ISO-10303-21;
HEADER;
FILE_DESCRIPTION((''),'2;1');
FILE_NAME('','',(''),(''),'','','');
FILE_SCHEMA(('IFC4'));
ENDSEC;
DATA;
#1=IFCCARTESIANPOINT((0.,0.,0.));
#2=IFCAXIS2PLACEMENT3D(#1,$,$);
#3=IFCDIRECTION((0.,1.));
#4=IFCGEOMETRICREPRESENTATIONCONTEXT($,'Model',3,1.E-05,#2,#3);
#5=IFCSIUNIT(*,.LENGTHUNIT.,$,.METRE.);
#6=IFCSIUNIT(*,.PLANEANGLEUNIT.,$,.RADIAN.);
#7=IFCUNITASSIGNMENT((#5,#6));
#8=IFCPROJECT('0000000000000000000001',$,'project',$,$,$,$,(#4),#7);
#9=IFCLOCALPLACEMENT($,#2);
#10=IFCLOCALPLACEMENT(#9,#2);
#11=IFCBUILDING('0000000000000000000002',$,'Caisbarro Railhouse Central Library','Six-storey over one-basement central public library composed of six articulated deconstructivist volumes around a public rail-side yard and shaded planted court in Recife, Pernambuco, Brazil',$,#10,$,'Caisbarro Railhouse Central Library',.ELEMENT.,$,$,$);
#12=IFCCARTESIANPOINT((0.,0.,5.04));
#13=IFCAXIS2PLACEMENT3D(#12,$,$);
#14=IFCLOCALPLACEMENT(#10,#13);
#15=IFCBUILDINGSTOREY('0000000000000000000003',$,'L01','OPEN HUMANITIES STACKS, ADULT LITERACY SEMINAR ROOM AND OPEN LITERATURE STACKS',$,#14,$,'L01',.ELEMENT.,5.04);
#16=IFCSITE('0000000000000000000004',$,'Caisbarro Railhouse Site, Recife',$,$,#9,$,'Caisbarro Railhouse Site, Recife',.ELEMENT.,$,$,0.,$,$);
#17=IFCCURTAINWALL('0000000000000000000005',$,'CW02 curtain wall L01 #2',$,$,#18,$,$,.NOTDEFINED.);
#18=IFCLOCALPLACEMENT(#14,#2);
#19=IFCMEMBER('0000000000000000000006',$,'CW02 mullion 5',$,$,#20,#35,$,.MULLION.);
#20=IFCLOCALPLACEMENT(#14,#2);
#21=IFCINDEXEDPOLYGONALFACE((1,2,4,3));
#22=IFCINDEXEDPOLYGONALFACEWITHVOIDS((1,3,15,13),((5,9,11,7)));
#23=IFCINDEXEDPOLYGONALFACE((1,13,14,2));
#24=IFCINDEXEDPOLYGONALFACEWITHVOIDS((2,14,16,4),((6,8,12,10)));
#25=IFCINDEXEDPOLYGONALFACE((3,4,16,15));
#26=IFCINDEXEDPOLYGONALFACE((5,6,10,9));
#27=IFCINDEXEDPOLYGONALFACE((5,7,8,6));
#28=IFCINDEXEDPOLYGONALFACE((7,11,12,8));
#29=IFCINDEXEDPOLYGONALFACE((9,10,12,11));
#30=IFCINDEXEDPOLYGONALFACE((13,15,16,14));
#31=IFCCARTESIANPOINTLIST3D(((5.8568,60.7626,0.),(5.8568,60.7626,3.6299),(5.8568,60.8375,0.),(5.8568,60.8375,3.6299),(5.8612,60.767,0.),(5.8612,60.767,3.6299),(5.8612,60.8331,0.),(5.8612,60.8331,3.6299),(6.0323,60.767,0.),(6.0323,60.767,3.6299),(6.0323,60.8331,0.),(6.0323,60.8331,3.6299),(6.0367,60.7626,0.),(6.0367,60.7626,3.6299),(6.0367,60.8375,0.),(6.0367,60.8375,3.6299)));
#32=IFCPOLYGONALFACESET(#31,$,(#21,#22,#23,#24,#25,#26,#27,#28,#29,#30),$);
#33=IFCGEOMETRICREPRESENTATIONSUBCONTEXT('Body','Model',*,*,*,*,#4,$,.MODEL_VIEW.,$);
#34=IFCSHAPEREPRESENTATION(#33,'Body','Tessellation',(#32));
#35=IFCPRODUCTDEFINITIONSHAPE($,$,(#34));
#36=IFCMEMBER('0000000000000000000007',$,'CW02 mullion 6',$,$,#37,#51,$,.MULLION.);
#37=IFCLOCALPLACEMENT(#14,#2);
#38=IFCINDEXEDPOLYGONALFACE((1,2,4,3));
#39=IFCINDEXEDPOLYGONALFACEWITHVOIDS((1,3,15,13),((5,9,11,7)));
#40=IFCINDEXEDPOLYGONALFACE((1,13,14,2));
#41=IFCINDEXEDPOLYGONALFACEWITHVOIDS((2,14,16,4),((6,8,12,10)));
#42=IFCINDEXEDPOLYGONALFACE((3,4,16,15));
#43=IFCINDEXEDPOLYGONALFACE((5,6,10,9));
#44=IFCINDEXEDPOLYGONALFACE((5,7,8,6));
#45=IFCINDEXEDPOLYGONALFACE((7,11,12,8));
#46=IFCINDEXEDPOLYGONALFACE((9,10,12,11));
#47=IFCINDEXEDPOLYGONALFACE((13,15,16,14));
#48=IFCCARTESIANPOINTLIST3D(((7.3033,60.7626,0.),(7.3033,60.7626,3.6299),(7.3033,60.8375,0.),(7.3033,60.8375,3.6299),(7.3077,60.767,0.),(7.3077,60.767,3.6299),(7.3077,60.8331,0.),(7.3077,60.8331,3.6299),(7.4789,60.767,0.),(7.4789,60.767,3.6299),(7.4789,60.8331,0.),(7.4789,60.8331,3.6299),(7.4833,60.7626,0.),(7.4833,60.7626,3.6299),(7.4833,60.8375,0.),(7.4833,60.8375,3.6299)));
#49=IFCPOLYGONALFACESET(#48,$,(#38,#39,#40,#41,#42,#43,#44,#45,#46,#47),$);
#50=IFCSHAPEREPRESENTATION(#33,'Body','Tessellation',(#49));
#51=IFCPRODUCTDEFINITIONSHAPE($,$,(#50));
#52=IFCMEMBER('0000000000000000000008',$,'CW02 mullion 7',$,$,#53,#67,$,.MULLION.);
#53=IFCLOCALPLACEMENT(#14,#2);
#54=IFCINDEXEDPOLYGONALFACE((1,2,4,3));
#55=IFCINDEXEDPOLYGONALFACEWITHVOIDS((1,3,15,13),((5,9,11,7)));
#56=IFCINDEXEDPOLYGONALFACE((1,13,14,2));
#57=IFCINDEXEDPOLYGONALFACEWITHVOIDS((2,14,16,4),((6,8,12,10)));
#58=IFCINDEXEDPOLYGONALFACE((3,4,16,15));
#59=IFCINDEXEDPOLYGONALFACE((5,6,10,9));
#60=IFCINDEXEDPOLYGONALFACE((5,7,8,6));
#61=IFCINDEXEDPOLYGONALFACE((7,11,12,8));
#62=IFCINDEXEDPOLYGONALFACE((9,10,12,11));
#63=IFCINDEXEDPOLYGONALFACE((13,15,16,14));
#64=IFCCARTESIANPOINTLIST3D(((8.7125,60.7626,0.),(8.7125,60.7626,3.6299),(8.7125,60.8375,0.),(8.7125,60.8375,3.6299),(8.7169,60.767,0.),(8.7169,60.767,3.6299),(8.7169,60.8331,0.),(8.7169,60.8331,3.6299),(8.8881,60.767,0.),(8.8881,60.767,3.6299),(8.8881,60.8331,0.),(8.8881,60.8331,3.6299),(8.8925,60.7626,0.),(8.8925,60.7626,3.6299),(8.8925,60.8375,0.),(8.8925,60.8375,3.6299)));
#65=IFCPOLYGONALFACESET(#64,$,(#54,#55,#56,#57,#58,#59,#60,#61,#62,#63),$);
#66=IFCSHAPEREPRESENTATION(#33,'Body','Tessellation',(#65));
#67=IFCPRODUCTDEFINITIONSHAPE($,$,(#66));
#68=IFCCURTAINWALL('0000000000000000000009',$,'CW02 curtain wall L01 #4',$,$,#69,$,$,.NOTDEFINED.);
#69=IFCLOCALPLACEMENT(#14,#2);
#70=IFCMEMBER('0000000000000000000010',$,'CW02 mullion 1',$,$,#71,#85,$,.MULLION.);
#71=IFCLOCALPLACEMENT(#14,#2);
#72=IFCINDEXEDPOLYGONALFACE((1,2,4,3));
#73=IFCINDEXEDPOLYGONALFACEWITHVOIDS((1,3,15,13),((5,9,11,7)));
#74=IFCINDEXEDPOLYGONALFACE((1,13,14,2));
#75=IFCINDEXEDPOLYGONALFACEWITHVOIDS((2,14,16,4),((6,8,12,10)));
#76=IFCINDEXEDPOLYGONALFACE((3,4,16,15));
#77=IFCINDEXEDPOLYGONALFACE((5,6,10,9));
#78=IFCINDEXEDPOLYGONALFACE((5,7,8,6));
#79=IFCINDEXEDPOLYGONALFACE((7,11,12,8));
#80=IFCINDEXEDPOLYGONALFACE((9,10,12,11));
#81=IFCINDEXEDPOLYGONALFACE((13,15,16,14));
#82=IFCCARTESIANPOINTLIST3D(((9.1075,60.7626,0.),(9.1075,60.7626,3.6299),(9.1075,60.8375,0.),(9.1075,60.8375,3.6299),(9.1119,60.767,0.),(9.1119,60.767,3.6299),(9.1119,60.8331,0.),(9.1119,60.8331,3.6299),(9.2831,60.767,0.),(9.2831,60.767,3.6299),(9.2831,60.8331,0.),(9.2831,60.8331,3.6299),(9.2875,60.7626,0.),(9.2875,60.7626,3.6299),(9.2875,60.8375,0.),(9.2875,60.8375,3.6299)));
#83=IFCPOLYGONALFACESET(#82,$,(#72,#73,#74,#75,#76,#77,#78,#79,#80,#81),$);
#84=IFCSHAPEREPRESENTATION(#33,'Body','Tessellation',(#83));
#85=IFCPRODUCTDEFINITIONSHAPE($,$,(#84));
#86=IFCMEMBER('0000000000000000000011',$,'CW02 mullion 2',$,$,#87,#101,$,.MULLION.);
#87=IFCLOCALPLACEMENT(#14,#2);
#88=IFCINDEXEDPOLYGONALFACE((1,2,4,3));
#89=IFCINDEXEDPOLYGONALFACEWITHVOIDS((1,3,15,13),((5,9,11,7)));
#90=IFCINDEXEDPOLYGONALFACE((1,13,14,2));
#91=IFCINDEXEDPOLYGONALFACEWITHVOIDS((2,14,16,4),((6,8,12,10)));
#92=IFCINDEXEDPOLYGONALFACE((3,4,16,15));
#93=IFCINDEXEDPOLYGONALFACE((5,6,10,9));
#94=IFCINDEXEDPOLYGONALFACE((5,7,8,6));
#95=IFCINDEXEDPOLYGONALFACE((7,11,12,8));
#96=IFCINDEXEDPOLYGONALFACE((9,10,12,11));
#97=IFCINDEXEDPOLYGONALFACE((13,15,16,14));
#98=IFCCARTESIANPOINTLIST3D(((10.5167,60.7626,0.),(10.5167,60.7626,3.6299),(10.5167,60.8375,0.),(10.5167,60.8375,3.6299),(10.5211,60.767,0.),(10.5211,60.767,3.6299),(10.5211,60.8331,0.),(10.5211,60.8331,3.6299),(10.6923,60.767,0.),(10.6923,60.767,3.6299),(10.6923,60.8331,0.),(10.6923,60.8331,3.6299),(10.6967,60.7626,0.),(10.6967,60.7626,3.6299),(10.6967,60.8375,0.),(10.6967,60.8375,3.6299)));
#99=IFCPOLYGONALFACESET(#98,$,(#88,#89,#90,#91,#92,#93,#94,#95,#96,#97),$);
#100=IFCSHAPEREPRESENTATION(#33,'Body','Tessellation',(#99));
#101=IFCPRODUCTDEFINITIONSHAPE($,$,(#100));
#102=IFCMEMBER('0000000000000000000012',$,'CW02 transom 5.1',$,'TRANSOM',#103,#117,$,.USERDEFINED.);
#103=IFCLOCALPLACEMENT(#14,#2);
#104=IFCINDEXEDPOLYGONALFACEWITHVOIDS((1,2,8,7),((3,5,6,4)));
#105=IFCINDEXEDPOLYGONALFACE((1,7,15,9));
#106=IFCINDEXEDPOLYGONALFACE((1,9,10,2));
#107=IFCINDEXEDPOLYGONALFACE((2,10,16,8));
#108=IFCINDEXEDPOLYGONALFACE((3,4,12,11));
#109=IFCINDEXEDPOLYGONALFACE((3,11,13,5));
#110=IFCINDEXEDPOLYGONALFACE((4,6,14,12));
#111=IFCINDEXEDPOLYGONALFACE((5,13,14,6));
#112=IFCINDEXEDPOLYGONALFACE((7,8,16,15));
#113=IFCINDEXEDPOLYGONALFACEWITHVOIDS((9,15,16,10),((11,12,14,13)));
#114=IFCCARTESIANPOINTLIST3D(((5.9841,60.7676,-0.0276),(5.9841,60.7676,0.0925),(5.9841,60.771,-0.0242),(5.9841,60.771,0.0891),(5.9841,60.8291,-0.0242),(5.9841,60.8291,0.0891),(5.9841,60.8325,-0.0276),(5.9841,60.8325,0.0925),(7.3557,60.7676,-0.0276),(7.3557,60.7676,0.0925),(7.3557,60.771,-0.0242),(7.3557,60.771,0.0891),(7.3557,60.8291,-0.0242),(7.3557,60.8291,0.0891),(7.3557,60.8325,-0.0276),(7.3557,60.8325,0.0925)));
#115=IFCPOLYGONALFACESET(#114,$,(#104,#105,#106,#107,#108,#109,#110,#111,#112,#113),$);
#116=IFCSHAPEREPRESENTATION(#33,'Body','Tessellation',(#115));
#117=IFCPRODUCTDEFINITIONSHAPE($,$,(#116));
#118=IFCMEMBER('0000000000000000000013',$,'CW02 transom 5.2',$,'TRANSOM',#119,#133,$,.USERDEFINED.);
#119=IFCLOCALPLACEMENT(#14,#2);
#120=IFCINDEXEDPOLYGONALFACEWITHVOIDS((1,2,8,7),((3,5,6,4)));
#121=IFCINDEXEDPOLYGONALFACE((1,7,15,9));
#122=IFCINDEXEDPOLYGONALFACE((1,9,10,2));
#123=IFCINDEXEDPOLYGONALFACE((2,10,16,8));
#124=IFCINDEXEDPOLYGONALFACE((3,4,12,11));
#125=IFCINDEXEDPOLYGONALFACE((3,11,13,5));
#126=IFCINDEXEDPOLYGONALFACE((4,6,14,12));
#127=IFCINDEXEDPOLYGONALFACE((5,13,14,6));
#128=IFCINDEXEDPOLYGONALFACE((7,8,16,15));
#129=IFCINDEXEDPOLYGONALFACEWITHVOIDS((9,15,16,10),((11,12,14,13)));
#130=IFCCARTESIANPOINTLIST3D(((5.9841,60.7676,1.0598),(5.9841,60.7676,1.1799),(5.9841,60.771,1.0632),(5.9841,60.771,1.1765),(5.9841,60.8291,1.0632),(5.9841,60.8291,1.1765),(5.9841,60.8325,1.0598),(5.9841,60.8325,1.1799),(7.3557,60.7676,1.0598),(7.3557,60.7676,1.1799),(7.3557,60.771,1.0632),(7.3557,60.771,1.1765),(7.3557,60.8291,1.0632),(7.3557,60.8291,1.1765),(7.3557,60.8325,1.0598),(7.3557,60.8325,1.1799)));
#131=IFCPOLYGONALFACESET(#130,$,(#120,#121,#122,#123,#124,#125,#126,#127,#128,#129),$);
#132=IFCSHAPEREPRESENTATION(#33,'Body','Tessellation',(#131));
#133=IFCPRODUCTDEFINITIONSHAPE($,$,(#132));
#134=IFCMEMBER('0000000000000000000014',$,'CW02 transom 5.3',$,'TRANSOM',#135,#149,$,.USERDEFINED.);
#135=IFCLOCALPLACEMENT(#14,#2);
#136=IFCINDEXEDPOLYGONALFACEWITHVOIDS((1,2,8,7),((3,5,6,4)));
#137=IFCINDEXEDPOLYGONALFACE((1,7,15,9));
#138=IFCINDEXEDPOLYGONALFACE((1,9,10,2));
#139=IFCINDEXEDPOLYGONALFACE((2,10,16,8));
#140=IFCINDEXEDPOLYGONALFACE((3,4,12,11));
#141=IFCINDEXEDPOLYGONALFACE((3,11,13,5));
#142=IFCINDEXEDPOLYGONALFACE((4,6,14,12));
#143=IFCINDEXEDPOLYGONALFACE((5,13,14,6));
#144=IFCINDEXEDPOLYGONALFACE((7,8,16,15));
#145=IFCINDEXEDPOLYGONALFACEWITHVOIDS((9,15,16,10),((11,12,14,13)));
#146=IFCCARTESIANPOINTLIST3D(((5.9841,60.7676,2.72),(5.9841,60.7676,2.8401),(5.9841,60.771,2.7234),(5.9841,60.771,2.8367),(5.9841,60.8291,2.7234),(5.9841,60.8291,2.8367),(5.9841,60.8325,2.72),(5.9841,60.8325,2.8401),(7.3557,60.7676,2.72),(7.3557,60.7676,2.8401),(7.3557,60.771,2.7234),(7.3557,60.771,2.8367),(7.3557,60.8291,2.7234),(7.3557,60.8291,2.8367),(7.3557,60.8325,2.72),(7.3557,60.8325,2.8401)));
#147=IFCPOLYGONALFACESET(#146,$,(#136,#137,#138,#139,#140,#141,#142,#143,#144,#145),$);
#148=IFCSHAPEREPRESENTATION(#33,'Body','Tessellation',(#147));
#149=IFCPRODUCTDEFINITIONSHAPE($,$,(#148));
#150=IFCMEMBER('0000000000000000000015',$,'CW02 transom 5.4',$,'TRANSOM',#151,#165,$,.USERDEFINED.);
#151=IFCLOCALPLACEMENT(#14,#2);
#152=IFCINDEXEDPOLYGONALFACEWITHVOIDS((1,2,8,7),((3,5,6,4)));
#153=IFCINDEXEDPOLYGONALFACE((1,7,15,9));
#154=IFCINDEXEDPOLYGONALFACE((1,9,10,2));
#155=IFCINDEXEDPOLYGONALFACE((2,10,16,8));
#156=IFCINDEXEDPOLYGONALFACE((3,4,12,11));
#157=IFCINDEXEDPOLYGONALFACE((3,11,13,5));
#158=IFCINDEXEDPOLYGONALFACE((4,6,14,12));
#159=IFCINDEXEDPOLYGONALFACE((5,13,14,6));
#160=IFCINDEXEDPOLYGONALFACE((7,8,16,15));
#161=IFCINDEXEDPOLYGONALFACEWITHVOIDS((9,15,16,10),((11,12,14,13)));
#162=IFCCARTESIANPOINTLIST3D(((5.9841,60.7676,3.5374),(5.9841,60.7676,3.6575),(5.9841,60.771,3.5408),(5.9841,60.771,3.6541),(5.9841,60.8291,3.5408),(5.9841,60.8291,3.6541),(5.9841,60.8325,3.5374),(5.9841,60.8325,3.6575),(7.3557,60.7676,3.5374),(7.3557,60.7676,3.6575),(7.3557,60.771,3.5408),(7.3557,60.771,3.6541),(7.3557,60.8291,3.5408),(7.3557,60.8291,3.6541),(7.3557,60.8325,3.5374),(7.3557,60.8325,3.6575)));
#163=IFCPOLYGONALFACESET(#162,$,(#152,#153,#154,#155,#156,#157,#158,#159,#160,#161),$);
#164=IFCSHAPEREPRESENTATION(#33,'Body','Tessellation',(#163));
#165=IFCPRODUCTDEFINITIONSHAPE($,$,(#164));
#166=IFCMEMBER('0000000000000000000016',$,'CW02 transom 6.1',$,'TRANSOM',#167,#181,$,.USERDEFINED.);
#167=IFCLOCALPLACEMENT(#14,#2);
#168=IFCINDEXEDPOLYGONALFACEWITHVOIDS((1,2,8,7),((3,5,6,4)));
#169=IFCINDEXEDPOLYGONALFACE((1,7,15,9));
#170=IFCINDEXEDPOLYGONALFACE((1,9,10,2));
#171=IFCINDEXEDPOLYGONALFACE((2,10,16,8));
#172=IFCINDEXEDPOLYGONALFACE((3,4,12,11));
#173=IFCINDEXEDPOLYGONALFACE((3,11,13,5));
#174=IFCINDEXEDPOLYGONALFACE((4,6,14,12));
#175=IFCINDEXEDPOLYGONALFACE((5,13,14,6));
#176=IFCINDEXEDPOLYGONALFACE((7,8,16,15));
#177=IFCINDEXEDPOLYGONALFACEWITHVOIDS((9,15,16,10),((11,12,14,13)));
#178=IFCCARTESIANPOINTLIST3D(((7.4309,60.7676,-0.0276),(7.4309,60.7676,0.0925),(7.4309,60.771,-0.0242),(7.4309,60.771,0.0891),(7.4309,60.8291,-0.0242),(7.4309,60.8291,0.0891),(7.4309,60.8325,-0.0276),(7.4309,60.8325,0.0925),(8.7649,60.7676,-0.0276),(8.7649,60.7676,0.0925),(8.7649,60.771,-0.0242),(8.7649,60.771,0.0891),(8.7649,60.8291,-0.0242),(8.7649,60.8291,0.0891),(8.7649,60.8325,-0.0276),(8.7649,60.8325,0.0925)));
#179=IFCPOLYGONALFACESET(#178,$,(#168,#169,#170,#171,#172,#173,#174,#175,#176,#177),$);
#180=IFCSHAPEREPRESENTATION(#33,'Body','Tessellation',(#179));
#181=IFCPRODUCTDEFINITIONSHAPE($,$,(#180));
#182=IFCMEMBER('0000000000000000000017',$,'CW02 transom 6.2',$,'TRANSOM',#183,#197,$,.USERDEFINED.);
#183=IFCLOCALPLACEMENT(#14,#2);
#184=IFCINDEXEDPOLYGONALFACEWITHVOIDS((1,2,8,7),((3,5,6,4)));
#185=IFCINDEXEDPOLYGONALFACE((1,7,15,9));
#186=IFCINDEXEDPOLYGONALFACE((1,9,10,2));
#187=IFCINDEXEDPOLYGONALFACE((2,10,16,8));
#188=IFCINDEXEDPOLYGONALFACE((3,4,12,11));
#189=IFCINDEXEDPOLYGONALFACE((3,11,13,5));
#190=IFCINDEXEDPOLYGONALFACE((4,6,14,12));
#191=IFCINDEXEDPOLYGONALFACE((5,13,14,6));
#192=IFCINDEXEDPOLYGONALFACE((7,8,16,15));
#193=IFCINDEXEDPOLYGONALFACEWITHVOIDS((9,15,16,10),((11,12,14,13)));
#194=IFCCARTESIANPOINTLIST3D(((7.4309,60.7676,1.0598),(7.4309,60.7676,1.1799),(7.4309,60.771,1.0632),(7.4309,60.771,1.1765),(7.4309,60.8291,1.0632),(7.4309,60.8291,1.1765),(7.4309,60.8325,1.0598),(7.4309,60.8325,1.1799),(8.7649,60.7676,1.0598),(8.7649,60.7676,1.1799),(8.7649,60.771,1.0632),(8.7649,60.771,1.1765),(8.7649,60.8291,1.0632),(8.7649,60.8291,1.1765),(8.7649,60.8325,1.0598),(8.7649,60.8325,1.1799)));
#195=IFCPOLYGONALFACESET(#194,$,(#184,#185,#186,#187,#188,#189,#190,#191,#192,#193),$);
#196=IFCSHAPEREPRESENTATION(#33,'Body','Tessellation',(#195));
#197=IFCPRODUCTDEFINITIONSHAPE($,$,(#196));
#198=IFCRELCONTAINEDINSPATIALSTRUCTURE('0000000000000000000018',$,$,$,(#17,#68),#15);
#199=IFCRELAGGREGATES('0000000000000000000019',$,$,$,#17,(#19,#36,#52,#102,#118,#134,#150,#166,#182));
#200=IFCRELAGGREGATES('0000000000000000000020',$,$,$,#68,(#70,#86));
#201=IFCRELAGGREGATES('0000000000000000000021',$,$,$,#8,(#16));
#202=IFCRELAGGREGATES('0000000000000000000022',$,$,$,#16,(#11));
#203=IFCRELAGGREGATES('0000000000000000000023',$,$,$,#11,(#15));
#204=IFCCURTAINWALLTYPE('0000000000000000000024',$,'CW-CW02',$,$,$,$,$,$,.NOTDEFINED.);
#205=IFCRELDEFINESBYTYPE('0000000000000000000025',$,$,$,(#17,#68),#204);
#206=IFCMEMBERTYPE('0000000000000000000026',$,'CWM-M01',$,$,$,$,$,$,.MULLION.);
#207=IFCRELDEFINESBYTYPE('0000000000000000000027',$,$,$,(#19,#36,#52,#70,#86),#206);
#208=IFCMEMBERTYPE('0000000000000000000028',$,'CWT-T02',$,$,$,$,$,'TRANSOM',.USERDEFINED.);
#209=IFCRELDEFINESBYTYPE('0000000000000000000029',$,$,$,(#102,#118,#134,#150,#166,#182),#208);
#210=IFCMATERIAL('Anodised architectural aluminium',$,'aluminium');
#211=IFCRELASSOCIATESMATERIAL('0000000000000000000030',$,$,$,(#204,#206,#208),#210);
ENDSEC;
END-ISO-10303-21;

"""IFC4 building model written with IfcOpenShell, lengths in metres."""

from ifc_helpers import new_model, si_unit, direction, frame, origin, origin_2d, place, context, subcontext, project, spatial, hollow_rectangle, extrude, material, material_profile, profile_set, type_object, element, aggregate, save


model = new_model("IFC4")

# Units and contexts
model_context = context("Model", 3, precision=1e-05, world=origin(), true_north=direction((0.0, 1.0)))
body_context = subcontext(model_context, "Body", "Model", "MODEL_VIEW")
ifc_project = project(units=[si_unit("LENGTHUNIT", "METRE"), si_unit("PLANEANGLEUNIT", "RADIAN")], contexts=[model_context])

# Site, building, storey
site_placement = place(None, origin())
site = spatial("IfcSite", under=ifc_project, at=site_placement, Name="Caisbarro Railhouse Site, Recife", LongName="Caisbarro Railhouse Site, Recife", CompositionType="ELEMENT", RefElevation=0.0)
building_placement = place(site_placement, origin())
building = spatial("IfcBuilding", under=site, at=building_placement, Name="Caisbarro Railhouse Central Library", Description="Six-storey over one-basement central public library composed of six articulated deconstructivist volumes around a public rail-side yard and shaded planted court in Recife, Pernambuco, Brazil", LongName="Caisbarro Railhouse Central Library", CompositionType="ELEMENT")
storey_placement = place(building_placement, frame((0.0, 0.0, 5.04)))
storey = spatial("IfcBuildingStorey", under=building, at=storey_placement, Name="L01", Description="OPEN HUMANITIES STACKS, ADULT LITERACY SEMINAR ROOM AND OPEN LITERATURE STACKS", LongName="L01", CompositionType="ELEMENT", Elevation=5.04)

# Curtain walls, members
ifc_material_1 = material(Name="Anodised architectural aluminium", Category="aluminium")
curtain_wall_type = type_object("IfcCurtainWallType", Name="CW-CW02", PredefinedType="NOTDEFINED", material=ifc_material_1)
curtain_wall_1_placement = place(storey_placement, origin())
curtain_wall_1 = element("IfcCurtainWall", 1, at=curtain_wall_1_placement, inside=storey, type_object=curtain_wall_type, Name="CW02 curtain wall L01 #2", PredefinedType="NOTDEFINED")
ifc_material_profile_1 = material_profile(ifc_material_1, hollow_rectangle(XDim=0.075, YDim=0.1799, WallThickness=0.0044, at=origin_2d()), Name="ALU-MUL-75X180")
ifc_profile_set_1 = profile_set([ifc_material_profile_1], Name="Anodised architectural aluminium")
member_type_1 = type_object("IfcMemberType", Name="CWM-M01", PredefinedType="MULLION", material=ifc_profile_set_1)
member_1_placement = place(storey_placement, frame((5.9468, 60.8, 0.0), z_axis=(0.0, 0.0, 1.0), x_axis=(0.0, 1.0, 0.0)))
member_1 = element("IfcMember", 2, at=member_1_placement, type_object=member_type_1, Name="CW02 mullion 5", PredefinedType="MULLION", context=body_context, shape_type="SweptSolid", body=[
    extrude(hollow_rectangle(XDim=0.075, YDim=0.1799, WallThickness=0.0044, at=origin_2d()), origin(), (0.0, 0.0, 1.0), 3.6299),
])
member_2_placement = place(storey_placement, frame((7.3933, 60.8, 0.0), z_axis=(0.0, 0.0, 1.0), x_axis=(0.0, 1.0, 0.0)))
member_2 = element("IfcMember", 3, at=member_2_placement, type_object=member_type_1, Name="CW02 mullion 6", PredefinedType="MULLION", context=body_context, shape_type="SweptSolid", body=[
    extrude(hollow_rectangle(XDim=0.075, YDim=0.1799, WallThickness=0.0044, at=origin_2d()), origin(), (0.0, 0.0, 1.0), 3.6299),
])
member_3_placement = place(storey_placement, frame((8.8025, 60.8, 0.0), z_axis=(0.0, 0.0, 1.0), x_axis=(0.0, 1.0, 0.0)))
member_3 = element("IfcMember", 4, at=member_3_placement, type_object=member_type_1, Name="CW02 mullion 7", PredefinedType="MULLION", context=body_context, shape_type="SweptSolid", body=[
    extrude(hollow_rectangle(XDim=0.075, YDim=0.1799, WallThickness=0.0044, at=origin_2d()), origin(), (0.0, 0.0, 1.0), 3.6299),
])
curtain_wall_2_placement = place(storey_placement, origin())
curtain_wall_2 = element("IfcCurtainWall", 5, at=curtain_wall_2_placement, inside=storey, type_object=curtain_wall_type, Name="CW02 curtain wall L01 #4", PredefinedType="NOTDEFINED")
member_4_placement = place(storey_placement, frame((9.1975, 60.8, 0.0), z_axis=(0.0, 0.0, 1.0), x_axis=(0.0, 1.0, 0.0)))
member_4 = element("IfcMember", 6, at=member_4_placement, type_object=member_type_1, Name="CW02 mullion 1", PredefinedType="MULLION", context=body_context, shape_type="SweptSolid", body=[
    extrude(hollow_rectangle(XDim=0.075, YDim=0.1799, WallThickness=0.0044, at=origin_2d()), origin(), (0.0, 0.0, 1.0), 3.6299),
])
member_5_placement = place(storey_placement, frame((10.6067, 60.8, 0.0), z_axis=(0.0, 0.0, 1.0), x_axis=(0.0, 1.0, 0.0)))
member_5 = element("IfcMember", 7, at=member_5_placement, type_object=member_type_1, Name="CW02 mullion 2", PredefinedType="MULLION", context=body_context, shape_type="SweptSolid", body=[
    extrude(hollow_rectangle(XDim=0.075, YDim=0.1799, WallThickness=0.0044, at=origin_2d()), origin(), (0.0, 0.0, 1.0), 3.6299),
])

# Members
ifc_material_profile_2 = material_profile(ifc_material_1, hollow_rectangle(XDim=0.0649, YDim=0.1201, WallThickness=0.0034, at=origin_2d()), Name="ALU-TRN-65X120")
ifc_profile_set_2 = profile_set([ifc_material_profile_2], Name="Anodised architectural aluminium")
member_type_2 = type_object("IfcMemberType", Name="CWT-T02", ElementType="TRANSOM", PredefinedType="USERDEFINED", material=ifc_profile_set_2)
member_6_placement = place(storey_placement, frame((5.9841, 60.8, 0.0325), z_axis=(1.0, 0.0, 0.0), x_axis=(0.0, 1.0, 0.0)))
member_6 = element("IfcMember", 8, at=member_6_placement, type_object=member_type_2, Name="CW02 transom 5.1", ObjectType="TRANSOM", PredefinedType="USERDEFINED", context=body_context, shape_type="SweptSolid", body=[
    extrude(hollow_rectangle(XDim=0.0649, YDim=0.1201, WallThickness=0.0034, at=origin_2d()), origin(), (0.0, 0.0, 1.0), 1.3716),
])
member_7_placement = place(storey_placement, frame((5.9841, 60.8, 1.1199), z_axis=(1.0, 0.0, 0.0), x_axis=(0.0, 1.0, 0.0)))
member_7 = element("IfcMember", 9, at=member_7_placement, type_object=member_type_2, Name="CW02 transom 5.2", ObjectType="TRANSOM", PredefinedType="USERDEFINED", context=body_context, shape_type="SweptSolid", body=[
    extrude(hollow_rectangle(XDim=0.0649, YDim=0.1201, WallThickness=0.0034, at=origin_2d()), origin(), (0.0, 0.0, 1.0), 1.3716),
])
member_8_placement = place(storey_placement, frame((5.9841, 60.8, 2.78), z_axis=(1.0, 0.0, 0.0), x_axis=(0.0, 1.0, 0.0)))
member_8 = element("IfcMember", 10, at=member_8_placement, type_object=member_type_2, Name="CW02 transom 5.3", ObjectType="TRANSOM", PredefinedType="USERDEFINED", context=body_context, shape_type="SweptSolid", body=[
    extrude(hollow_rectangle(XDim=0.0649, YDim=0.1201, WallThickness=0.0034, at=origin_2d()), origin(), (0.0, 0.0, 1.0), 1.3716),
])
member_9_placement = place(storey_placement, frame((5.9841, 60.8, 3.5974), z_axis=(1.0, 0.0, 0.0), x_axis=(0.0, 1.0, 0.0)))
member_9 = element("IfcMember", 11, at=member_9_placement, type_object=member_type_2, Name="CW02 transom 5.4", ObjectType="TRANSOM", PredefinedType="USERDEFINED", context=body_context, shape_type="SweptSolid", body=[
    extrude(hollow_rectangle(XDim=0.0649, YDim=0.1201, WallThickness=0.0034, at=origin_2d()), origin(), (0.0, 0.0, 1.0), 1.3716),
])
member_10_placement = place(storey_placement, frame((7.4309, 60.8, 0.0325), z_axis=(1.0, 0.0, 0.0), x_axis=(0.0, 1.0, 0.0)))
member_10 = element("IfcMember", 12, at=member_10_placement, type_object=member_type_2, Name="CW02 transom 6.1", ObjectType="TRANSOM", PredefinedType="USERDEFINED", context=body_context, shape_type="SweptSolid", body=[
    extrude(hollow_rectangle(XDim=0.0649, YDim=0.1201, WallThickness=0.0034, at=origin_2d()), origin(), (0.0, 0.0, 1.0), 1.334),
])
member_11_placement = place(storey_placement, frame((7.4309, 60.8, 1.1199), z_axis=(1.0, 0.0, 0.0), x_axis=(0.0, 1.0, 0.0)))
member_11 = element("IfcMember", 13, at=member_11_placement, type_object=member_type_2, Name="CW02 transom 6.2", ObjectType="TRANSOM", PredefinedType="USERDEFINED", context=body_context, shape_type="SweptSolid", body=[
    extrude(hollow_rectangle(XDim=0.0649, YDim=0.1201, WallThickness=0.0034, at=origin_2d()), origin(), (0.0, 0.0, 1.0), 1.334),
])

aggregate(curtain_wall_1, [member_1, member_2, member_3, member_6, member_7, member_8, member_9, member_10, member_11])
aggregate(curtain_wall_2, [member_4, member_5])

save(model, "model.ifc")
